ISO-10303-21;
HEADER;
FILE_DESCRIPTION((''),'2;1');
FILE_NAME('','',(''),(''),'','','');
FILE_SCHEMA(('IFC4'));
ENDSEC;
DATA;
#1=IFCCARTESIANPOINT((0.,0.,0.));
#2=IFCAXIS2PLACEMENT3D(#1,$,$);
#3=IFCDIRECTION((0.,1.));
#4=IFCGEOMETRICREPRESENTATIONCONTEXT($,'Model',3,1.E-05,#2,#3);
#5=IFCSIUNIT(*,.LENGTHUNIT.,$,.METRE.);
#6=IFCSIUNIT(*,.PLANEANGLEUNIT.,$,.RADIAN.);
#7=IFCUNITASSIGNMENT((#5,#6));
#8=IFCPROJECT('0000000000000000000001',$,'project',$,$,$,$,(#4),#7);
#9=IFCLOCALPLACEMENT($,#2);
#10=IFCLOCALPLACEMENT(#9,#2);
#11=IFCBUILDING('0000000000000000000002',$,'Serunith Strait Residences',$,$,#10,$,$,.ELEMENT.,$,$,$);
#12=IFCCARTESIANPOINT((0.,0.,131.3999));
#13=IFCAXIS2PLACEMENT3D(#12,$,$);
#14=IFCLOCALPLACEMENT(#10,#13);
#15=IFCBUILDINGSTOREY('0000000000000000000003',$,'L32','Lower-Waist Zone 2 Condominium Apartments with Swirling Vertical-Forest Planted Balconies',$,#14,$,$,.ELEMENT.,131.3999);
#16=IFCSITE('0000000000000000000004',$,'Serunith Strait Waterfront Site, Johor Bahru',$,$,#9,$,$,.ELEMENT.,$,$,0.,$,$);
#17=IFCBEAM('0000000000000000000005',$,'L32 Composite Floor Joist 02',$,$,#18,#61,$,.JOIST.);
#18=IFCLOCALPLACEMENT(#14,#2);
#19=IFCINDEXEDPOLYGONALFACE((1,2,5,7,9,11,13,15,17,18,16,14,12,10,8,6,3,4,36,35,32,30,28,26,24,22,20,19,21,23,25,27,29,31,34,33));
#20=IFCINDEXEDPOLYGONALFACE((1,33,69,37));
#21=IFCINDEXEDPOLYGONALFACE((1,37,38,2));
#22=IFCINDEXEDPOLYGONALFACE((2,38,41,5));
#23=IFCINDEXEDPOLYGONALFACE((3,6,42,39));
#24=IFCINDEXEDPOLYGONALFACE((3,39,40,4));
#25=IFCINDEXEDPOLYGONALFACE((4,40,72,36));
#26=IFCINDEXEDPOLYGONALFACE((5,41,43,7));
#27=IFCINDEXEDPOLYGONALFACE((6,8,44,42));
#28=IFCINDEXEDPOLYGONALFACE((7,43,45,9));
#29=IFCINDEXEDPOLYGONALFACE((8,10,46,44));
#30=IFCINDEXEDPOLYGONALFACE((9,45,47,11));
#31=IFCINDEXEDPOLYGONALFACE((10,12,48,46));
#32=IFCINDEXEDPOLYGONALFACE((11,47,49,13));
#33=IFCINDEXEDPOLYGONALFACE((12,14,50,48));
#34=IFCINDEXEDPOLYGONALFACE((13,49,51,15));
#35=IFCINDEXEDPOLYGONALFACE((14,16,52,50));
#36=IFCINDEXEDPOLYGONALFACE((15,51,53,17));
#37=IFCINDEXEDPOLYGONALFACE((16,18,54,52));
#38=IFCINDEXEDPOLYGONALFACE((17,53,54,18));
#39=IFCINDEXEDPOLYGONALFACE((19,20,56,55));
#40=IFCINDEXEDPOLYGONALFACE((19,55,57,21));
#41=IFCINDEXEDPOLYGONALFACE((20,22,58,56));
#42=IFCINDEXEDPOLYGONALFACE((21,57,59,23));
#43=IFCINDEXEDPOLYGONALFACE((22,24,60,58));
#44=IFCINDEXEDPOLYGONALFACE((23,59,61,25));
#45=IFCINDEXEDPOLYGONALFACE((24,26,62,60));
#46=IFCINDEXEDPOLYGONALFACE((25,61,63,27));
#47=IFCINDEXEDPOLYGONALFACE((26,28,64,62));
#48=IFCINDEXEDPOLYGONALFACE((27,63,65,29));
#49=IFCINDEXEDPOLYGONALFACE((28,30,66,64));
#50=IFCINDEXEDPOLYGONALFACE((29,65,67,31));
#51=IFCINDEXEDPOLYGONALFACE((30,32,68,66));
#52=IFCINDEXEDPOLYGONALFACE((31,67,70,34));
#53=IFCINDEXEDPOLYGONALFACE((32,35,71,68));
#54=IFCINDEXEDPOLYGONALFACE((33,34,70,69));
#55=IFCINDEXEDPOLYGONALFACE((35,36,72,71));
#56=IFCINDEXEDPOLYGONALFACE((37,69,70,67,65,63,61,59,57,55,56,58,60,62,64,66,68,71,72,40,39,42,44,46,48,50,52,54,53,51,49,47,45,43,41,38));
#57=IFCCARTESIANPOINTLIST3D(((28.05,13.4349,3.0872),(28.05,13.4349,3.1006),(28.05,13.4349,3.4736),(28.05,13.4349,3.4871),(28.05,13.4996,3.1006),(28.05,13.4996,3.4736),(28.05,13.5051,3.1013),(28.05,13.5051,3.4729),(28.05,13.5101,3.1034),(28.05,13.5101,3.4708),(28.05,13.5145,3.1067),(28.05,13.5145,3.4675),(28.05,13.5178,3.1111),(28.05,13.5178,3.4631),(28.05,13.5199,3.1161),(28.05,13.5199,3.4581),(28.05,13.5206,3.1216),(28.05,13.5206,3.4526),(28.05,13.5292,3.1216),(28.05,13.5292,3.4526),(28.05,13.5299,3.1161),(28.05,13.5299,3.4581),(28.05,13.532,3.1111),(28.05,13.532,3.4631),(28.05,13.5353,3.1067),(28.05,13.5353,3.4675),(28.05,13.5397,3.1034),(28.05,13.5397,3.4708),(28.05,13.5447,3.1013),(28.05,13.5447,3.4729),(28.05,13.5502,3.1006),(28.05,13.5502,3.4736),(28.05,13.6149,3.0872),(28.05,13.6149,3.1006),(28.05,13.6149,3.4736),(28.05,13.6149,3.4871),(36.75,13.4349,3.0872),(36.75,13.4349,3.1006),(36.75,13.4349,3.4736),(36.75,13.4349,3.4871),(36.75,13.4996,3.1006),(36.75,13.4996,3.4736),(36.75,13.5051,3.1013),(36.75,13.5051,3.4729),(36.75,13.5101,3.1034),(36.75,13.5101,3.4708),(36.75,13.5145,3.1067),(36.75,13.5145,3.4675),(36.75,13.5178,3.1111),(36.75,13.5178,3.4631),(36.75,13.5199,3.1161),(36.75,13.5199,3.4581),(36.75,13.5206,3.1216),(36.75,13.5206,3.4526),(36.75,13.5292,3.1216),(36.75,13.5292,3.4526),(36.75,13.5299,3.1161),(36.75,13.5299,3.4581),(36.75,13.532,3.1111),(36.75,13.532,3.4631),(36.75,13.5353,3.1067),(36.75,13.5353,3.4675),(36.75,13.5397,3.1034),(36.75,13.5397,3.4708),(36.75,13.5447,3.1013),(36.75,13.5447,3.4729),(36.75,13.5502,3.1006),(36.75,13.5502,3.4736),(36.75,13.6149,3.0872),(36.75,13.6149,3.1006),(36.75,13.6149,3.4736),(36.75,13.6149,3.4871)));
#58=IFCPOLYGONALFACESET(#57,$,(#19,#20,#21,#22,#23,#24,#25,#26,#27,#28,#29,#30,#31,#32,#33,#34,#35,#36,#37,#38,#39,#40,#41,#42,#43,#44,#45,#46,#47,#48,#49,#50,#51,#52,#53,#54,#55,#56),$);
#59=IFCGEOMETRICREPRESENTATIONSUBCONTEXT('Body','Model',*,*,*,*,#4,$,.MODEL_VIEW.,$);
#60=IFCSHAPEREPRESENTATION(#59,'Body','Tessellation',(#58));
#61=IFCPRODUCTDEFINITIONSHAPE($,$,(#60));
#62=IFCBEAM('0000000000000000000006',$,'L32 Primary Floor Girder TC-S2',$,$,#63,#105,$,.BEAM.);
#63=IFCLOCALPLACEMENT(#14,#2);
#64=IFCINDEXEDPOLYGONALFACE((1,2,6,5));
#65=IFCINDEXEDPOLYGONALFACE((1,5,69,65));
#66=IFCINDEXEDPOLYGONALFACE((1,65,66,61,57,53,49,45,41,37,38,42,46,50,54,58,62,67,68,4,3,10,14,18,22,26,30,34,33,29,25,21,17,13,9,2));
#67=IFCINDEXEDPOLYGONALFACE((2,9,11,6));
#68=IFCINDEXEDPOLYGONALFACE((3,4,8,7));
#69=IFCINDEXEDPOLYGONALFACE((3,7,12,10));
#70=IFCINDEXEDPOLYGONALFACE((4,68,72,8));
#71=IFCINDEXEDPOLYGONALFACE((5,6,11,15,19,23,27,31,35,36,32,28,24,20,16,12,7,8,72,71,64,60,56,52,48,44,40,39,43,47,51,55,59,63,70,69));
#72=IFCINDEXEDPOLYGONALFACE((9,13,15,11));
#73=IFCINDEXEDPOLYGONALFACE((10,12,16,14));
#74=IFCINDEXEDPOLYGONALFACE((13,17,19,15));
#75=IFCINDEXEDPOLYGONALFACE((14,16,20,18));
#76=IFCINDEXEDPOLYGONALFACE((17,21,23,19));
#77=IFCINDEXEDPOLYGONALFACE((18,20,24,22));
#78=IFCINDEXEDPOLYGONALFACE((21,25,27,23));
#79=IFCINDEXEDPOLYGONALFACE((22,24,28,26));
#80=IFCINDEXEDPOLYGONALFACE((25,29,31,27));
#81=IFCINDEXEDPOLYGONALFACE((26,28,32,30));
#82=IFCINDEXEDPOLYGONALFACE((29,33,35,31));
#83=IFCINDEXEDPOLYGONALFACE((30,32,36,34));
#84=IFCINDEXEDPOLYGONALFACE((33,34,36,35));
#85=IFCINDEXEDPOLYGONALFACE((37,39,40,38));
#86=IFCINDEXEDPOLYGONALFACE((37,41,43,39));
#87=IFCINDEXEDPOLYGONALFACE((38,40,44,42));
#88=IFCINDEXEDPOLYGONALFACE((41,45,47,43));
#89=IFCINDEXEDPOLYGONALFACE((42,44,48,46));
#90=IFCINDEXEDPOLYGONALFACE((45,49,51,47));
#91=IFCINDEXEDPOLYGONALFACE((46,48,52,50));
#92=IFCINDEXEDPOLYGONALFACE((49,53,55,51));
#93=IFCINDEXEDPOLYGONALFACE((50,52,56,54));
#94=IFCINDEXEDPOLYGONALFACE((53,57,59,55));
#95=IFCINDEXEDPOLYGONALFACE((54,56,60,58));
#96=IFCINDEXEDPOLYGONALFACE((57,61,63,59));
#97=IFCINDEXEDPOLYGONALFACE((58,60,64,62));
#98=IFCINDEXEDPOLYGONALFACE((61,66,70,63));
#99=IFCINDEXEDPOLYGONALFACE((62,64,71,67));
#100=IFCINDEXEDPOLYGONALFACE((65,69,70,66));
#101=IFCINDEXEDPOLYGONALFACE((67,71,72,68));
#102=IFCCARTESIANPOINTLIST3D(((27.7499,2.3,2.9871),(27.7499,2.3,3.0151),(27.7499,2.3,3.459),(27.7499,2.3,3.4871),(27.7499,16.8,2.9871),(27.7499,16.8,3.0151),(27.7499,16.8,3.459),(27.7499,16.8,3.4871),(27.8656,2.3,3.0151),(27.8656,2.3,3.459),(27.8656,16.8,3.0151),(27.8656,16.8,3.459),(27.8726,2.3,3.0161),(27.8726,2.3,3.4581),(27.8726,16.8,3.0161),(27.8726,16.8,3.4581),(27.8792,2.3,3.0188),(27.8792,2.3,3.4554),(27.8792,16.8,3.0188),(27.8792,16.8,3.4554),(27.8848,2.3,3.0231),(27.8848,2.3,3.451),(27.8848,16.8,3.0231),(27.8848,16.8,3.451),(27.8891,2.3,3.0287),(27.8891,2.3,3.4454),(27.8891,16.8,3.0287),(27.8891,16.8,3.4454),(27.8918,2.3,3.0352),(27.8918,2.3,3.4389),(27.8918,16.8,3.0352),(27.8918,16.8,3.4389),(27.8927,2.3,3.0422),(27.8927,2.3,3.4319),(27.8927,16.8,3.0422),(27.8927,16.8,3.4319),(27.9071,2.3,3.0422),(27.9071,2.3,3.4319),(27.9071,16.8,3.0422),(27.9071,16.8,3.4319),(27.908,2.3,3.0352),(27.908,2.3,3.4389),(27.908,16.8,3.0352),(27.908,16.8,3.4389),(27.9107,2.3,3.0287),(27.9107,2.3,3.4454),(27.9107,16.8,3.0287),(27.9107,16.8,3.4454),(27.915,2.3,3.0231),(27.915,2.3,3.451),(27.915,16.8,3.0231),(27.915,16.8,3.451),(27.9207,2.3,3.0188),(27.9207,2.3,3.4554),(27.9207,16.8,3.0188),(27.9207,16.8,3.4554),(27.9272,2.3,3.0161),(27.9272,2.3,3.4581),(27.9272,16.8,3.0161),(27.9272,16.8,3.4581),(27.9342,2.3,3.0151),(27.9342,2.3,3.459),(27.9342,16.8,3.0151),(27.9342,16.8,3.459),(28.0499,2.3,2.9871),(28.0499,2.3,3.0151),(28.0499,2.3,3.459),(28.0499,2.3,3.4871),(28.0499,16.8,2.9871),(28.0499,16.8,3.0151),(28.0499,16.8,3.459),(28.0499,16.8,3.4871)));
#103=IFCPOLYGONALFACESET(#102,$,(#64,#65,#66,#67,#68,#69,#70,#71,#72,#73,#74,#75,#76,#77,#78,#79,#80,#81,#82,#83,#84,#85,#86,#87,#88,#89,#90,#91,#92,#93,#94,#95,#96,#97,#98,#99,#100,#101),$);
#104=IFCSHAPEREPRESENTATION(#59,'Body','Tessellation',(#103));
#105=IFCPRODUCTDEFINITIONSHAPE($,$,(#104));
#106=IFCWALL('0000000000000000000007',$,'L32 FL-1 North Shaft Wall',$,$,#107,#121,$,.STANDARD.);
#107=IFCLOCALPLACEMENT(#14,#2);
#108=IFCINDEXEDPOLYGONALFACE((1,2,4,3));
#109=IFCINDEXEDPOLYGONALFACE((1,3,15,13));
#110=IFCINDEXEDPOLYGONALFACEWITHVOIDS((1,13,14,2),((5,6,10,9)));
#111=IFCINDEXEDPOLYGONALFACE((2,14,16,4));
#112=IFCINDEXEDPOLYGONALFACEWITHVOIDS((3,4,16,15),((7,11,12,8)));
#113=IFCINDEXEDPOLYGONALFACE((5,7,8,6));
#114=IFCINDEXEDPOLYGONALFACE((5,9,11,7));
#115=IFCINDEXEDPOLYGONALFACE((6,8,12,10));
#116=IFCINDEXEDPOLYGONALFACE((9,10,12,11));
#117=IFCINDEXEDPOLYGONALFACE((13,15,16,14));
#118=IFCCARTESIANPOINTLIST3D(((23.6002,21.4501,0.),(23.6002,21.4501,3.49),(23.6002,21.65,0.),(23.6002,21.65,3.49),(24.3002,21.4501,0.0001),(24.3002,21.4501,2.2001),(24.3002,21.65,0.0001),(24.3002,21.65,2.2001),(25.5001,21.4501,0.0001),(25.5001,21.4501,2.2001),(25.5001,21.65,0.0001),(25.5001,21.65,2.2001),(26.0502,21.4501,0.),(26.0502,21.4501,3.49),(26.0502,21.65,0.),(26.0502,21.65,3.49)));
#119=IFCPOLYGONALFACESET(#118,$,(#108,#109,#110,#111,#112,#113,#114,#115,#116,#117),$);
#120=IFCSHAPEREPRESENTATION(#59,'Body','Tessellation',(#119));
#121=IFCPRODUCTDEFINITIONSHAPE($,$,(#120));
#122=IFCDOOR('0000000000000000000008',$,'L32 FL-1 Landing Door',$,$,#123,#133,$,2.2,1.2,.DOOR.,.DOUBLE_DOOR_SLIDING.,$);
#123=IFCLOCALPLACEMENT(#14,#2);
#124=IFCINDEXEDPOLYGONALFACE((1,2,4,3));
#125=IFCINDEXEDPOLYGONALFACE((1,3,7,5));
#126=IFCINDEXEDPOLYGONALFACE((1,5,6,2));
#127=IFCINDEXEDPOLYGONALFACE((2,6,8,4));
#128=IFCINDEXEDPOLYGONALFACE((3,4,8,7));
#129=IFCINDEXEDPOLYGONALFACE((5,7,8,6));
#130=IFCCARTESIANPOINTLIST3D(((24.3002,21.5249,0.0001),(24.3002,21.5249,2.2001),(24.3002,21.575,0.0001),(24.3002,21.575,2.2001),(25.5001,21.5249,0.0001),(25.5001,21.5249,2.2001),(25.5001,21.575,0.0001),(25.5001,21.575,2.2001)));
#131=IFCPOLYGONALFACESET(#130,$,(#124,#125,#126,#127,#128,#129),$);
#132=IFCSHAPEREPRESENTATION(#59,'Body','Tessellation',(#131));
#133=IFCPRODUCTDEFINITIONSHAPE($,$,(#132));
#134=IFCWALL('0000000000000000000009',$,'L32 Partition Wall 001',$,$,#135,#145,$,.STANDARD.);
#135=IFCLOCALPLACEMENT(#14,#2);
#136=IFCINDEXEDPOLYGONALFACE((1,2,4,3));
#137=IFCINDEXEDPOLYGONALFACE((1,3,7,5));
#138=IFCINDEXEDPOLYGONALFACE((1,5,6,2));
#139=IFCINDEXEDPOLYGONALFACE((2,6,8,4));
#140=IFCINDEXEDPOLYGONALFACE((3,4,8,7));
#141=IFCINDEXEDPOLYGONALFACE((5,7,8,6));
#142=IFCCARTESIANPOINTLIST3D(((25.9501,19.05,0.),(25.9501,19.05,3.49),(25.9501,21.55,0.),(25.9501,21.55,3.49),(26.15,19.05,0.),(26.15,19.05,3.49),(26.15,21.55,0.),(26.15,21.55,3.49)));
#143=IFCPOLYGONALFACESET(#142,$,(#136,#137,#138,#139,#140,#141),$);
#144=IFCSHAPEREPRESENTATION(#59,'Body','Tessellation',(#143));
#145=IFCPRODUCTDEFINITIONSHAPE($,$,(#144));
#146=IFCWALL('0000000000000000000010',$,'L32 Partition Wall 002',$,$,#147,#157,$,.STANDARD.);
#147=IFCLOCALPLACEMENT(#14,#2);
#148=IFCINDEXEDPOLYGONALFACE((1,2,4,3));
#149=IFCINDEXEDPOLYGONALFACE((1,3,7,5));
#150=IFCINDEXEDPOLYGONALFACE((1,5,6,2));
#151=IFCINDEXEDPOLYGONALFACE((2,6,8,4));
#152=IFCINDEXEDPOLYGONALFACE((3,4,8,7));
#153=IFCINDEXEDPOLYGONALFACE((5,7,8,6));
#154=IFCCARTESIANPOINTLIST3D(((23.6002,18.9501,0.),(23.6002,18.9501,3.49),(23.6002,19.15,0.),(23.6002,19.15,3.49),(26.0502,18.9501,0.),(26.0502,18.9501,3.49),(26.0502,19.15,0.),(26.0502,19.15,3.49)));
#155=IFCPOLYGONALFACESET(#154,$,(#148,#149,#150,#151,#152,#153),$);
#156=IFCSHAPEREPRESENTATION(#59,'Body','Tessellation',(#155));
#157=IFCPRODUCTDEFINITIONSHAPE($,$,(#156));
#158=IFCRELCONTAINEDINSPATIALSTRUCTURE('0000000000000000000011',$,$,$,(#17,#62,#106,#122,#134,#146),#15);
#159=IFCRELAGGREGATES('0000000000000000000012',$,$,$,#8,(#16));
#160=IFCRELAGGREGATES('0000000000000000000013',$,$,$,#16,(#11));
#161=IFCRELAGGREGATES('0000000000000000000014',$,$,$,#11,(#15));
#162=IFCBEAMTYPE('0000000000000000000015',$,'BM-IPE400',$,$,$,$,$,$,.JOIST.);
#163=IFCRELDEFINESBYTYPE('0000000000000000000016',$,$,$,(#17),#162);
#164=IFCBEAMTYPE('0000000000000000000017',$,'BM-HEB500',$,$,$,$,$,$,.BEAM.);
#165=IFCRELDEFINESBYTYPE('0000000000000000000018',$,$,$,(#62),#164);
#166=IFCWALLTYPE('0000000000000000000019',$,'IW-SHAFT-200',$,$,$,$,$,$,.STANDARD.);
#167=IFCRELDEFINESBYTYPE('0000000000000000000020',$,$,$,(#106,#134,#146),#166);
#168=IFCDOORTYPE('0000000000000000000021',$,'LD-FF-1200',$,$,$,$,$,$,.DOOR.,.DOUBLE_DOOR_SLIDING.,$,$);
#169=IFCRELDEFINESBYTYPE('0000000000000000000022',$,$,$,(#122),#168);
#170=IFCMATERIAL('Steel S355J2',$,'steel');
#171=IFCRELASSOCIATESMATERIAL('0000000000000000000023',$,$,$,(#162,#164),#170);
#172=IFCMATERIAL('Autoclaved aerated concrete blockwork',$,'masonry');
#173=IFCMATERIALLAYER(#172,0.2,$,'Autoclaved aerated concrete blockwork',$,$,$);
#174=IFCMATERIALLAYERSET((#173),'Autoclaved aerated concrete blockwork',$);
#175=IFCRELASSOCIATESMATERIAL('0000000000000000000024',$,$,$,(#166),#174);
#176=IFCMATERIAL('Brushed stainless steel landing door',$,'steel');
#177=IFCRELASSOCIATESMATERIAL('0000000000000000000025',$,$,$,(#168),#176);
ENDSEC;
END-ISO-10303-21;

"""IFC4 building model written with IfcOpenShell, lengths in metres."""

from ifc_helpers import new_model, si_unit, direction, frame, frame_2d, origin, origin_2d, place, context, subcontext, project, spatial, rectangle, i_section, extrude, source, transform, mapped, material, layer, layer_set, material_profile, profile_set, type_object, element, fill, save


model = new_model("IFC4")

# Units and contexts
model_context = context("Model", 3, precision=1e-05, world=origin(), true_north=direction((0.0, 1.0)))
body_context = subcontext(model_context, "Body", "Model", "MODEL_VIEW")
ifc_project = project(units=[si_unit("LENGTHUNIT", "METRE"), si_unit("PLANEANGLEUNIT", "RADIAN")], contexts=[model_context])

# Site, building, storey
site_placement = place(None, origin())
site = spatial("IfcSite", under=ifc_project, at=site_placement, Name="Serunith Strait Waterfront Site, Johor Bahru", CompositionType="ELEMENT", RefElevation=0.0)
building_placement = place(site_placement, origin())
building = spatial("IfcBuilding", under=site, at=building_placement, Name="Serunith Strait Residences", CompositionType="ELEMENT")
storey_placement = place(building_placement, frame((0.0, 0.0, 131.3999)))
storey = spatial("IfcBuildingStorey", under=building, at=storey_placement, Name="L32", Description="Lower-Waist Zone 2 Condominium Apartments with Swirling Vertical-Forest Planted Balconies", CompositionType="ELEMENT", Elevation=131.3999)

# Beams
ifc_material_1 = material(Name="Steel S355J2", Category="steel")
ifc_material_profile_1 = material_profile(ifc_material_1, i_section(OverallWidth=0.1799, OverallDepth=0.3999, WebThickness=0.0085, FlangeThickness=0.0134, FilletRadius=0.021, at=origin_2d()), Name="IPE 400")
ifc_profile_set_1 = profile_set([ifc_material_profile_1], Name="Steel S355J2")
beam_type_1 = type_object("IfcBeamType", Name="BM-IPE400", PredefinedType="JOIST", material=ifc_profile_set_1)
shared_shape_1 = source(origin(), body_context, "Body", "SweptSolid", [
    extrude(i_section(OverallWidth=0.1799, OverallDepth=0.3999, WebThickness=0.0085, FlangeThickness=0.0134, FilletRadius=0.021, at=origin_2d()), origin(), (0.0, 0.0, 1.0), 8.7),
])
beam_1_placement = place(storey_placement, frame((28.05, 13.5249, 3.2871), z_axis=(1.0, 0.0, 0.0), x_axis=(0.0, 1.0, 0.0)))
element("IfcBeam", 1, at=beam_1_placement, inside=storey, type_object=beam_type_1, Name="L32 Composite Floor Joist 02", PredefinedType="JOIST", context=body_context, shape_type="MappedRepresentation", body=[
    mapped(shared_shape_1, transform((0.0, 0.0, 0.0), scale=1.0)),
])
ifc_material_profile_2 = material_profile(ifc_material_1, i_section(OverallWidth=0.3, OverallDepth=0.5, WebThickness=0.0144, FlangeThickness=0.0281, FilletRadius=0.0271, at=origin_2d()), Name="HEB 500")
ifc_profile_set_2 = profile_set([ifc_material_profile_2], Name="Steel S355J2")
beam_type_2 = type_object("IfcBeamType", Name="BM-HEB500", PredefinedType="BEAM", material=ifc_profile_set_2)
shared_shape_2 = source(origin(), body_context, "Body", "SweptSolid", [
    extrude(i_section(OverallWidth=0.3, OverallDepth=0.5, WebThickness=0.0144, FlangeThickness=0.0281, FilletRadius=0.0271, at=origin_2d()), origin(), (0.0, 0.0, 1.0), 14.5),
])
beam_2_placement = place(storey_placement, frame((27.8999, 16.8, 3.2371), z_axis=(0.0, -1.0, 0.0), x_axis=(1.0, 0.0, 0.0)))
element("IfcBeam", 2, at=beam_2_placement, inside=storey, type_object=beam_type_2, Name="L32 Primary Floor Girder TC-S2", PredefinedType="BEAM", context=body_context, shape_type="MappedRepresentation", body=[
    mapped(shared_shape_2, transform((0.0, 0.0, 0.0), scale=1.0)),
])

# Wall, opening, door
ifc_material_2 = material(Name="Autoclaved aerated concrete blockwork", Category="masonry")
ifc_layer_1 = layer(ifc_material_2, 0.2, Name="Autoclaved aerated concrete blockwork")
ifc_layer_set_1 = layer_set([ifc_layer_1], Name="Autoclaved aerated concrete blockwork")
wall_type_1 = type_object("IfcWallType", Name="IW-SHAFT-200", PredefinedType="STANDARD", material=ifc_layer_set_1)
wall_1_placement = place(storey_placement, frame((23.6001, 21.55, 0.0), z_axis=(0.0, 0.0, 1.0), x_axis=(1.0, 0.0, 0.0)))
wall_1 = element("IfcWall", 3, at=wall_1_placement, inside=storey, type_object=wall_type_1, Name="L32 FL-1 North Shaft Wall", PredefinedType="STANDARD", context=body_context, shape_type="SweptSolid", body=[
    extrude(rectangle(XDim=2.45, YDim=0.2, at=frame_2d((1.2251, 0.0))), origin(), (0.0, 0.0, 1.0), 3.49),
])
opening_1_placement = place(wall_1_placement, frame((0.7, 0.0, 0.0)))
opening_1 = element("IfcOpeningElement", 4, at=opening_1_placement, cuts=wall_1, PredefinedType="OPENING", context=body_context, shape_type="SweptSolid", body=[
    extrude(rectangle(XDim=1.2, YDim=2.2, at=frame_2d((0.6001, 1.1001))), frame((0.0, 0.1099, 0.0), z_axis=(0.0, -1.0, 0.0), x_axis=(1.0, 0.0, 0.0)), (0.0, 0.0, 1.0), 0.22),
])
ifc_material_3 = material(Name="Brushed stainless steel landing door", Category="steel")
door_type_1 = type_object("IfcDoorType", Name="LD-FF-1200", OperationType="DOUBLE_DOOR_SLIDING", PredefinedType="DOOR", material=ifc_material_3)
shared_shape_3 = source(origin(), body_context, "Body", "SweptSolid", [
    extrude(rectangle(XDim=1.2, YDim=2.2, at=frame_2d((0.6001, 1.1001))), frame((0.0, 0.0249, 0.0), z_axis=(0.0, -1.0, 0.0), x_axis=(1.0, 0.0, 0.0)), (0.0, 0.0, 1.0), 0.05),
])
door_1_placement = place(opening_1_placement, origin())
door_1 = element("IfcDoor", 5, at=door_1_placement, inside=storey, type_object=door_type_1, Name="L32 FL-1 Landing Door", OperationType="DOUBLE_DOOR_SLIDING", OverallHeight=2.2, OverallWidth=1.2, PredefinedType="DOOR", context=body_context, shape_type="MappedRepresentation", body=[
    mapped(shared_shape_3, transform((0.0, 0.0, 0.0), scale=1.0)),
])
fill(opening_1, door_1)

# Walls
wall_2_placement = place(storey_placement, frame((26.05, 19.05, 0.0), z_axis=(0.0, 0.0, 1.0), x_axis=(0.0, 1.0, 0.0)))
element("IfcWall", 6, at=wall_2_placement, inside=storey, type_object=wall_type_1, Name="L32 Partition Wall 001", PredefinedType="STANDARD", context=body_context, shape_type="SweptSolid", body=[
    extrude(rectangle(XDim=2.5, YDim=0.2, at=frame_2d((1.25, 0.0))), origin(), (0.0, 0.0, 1.0), 3.49),
])
wall_3_placement = place(storey_placement, frame((23.6001, 19.05, 0.0), z_axis=(0.0, 0.0, 1.0), x_axis=(1.0, 0.0, 0.0)))
element("IfcWall", 7, at=wall_3_placement, inside=storey, type_object=wall_type_1, Name="L32 Partition Wall 002", PredefinedType="STANDARD", context=body_context, shape_type="SweptSolid", body=[
    extrude(rectangle(XDim=2.45, YDim=0.2, at=frame_2d((1.2251, 0.0))), origin(), (0.0, 0.0, 1.0), 3.49),
])

save(model, "model.ifc")
